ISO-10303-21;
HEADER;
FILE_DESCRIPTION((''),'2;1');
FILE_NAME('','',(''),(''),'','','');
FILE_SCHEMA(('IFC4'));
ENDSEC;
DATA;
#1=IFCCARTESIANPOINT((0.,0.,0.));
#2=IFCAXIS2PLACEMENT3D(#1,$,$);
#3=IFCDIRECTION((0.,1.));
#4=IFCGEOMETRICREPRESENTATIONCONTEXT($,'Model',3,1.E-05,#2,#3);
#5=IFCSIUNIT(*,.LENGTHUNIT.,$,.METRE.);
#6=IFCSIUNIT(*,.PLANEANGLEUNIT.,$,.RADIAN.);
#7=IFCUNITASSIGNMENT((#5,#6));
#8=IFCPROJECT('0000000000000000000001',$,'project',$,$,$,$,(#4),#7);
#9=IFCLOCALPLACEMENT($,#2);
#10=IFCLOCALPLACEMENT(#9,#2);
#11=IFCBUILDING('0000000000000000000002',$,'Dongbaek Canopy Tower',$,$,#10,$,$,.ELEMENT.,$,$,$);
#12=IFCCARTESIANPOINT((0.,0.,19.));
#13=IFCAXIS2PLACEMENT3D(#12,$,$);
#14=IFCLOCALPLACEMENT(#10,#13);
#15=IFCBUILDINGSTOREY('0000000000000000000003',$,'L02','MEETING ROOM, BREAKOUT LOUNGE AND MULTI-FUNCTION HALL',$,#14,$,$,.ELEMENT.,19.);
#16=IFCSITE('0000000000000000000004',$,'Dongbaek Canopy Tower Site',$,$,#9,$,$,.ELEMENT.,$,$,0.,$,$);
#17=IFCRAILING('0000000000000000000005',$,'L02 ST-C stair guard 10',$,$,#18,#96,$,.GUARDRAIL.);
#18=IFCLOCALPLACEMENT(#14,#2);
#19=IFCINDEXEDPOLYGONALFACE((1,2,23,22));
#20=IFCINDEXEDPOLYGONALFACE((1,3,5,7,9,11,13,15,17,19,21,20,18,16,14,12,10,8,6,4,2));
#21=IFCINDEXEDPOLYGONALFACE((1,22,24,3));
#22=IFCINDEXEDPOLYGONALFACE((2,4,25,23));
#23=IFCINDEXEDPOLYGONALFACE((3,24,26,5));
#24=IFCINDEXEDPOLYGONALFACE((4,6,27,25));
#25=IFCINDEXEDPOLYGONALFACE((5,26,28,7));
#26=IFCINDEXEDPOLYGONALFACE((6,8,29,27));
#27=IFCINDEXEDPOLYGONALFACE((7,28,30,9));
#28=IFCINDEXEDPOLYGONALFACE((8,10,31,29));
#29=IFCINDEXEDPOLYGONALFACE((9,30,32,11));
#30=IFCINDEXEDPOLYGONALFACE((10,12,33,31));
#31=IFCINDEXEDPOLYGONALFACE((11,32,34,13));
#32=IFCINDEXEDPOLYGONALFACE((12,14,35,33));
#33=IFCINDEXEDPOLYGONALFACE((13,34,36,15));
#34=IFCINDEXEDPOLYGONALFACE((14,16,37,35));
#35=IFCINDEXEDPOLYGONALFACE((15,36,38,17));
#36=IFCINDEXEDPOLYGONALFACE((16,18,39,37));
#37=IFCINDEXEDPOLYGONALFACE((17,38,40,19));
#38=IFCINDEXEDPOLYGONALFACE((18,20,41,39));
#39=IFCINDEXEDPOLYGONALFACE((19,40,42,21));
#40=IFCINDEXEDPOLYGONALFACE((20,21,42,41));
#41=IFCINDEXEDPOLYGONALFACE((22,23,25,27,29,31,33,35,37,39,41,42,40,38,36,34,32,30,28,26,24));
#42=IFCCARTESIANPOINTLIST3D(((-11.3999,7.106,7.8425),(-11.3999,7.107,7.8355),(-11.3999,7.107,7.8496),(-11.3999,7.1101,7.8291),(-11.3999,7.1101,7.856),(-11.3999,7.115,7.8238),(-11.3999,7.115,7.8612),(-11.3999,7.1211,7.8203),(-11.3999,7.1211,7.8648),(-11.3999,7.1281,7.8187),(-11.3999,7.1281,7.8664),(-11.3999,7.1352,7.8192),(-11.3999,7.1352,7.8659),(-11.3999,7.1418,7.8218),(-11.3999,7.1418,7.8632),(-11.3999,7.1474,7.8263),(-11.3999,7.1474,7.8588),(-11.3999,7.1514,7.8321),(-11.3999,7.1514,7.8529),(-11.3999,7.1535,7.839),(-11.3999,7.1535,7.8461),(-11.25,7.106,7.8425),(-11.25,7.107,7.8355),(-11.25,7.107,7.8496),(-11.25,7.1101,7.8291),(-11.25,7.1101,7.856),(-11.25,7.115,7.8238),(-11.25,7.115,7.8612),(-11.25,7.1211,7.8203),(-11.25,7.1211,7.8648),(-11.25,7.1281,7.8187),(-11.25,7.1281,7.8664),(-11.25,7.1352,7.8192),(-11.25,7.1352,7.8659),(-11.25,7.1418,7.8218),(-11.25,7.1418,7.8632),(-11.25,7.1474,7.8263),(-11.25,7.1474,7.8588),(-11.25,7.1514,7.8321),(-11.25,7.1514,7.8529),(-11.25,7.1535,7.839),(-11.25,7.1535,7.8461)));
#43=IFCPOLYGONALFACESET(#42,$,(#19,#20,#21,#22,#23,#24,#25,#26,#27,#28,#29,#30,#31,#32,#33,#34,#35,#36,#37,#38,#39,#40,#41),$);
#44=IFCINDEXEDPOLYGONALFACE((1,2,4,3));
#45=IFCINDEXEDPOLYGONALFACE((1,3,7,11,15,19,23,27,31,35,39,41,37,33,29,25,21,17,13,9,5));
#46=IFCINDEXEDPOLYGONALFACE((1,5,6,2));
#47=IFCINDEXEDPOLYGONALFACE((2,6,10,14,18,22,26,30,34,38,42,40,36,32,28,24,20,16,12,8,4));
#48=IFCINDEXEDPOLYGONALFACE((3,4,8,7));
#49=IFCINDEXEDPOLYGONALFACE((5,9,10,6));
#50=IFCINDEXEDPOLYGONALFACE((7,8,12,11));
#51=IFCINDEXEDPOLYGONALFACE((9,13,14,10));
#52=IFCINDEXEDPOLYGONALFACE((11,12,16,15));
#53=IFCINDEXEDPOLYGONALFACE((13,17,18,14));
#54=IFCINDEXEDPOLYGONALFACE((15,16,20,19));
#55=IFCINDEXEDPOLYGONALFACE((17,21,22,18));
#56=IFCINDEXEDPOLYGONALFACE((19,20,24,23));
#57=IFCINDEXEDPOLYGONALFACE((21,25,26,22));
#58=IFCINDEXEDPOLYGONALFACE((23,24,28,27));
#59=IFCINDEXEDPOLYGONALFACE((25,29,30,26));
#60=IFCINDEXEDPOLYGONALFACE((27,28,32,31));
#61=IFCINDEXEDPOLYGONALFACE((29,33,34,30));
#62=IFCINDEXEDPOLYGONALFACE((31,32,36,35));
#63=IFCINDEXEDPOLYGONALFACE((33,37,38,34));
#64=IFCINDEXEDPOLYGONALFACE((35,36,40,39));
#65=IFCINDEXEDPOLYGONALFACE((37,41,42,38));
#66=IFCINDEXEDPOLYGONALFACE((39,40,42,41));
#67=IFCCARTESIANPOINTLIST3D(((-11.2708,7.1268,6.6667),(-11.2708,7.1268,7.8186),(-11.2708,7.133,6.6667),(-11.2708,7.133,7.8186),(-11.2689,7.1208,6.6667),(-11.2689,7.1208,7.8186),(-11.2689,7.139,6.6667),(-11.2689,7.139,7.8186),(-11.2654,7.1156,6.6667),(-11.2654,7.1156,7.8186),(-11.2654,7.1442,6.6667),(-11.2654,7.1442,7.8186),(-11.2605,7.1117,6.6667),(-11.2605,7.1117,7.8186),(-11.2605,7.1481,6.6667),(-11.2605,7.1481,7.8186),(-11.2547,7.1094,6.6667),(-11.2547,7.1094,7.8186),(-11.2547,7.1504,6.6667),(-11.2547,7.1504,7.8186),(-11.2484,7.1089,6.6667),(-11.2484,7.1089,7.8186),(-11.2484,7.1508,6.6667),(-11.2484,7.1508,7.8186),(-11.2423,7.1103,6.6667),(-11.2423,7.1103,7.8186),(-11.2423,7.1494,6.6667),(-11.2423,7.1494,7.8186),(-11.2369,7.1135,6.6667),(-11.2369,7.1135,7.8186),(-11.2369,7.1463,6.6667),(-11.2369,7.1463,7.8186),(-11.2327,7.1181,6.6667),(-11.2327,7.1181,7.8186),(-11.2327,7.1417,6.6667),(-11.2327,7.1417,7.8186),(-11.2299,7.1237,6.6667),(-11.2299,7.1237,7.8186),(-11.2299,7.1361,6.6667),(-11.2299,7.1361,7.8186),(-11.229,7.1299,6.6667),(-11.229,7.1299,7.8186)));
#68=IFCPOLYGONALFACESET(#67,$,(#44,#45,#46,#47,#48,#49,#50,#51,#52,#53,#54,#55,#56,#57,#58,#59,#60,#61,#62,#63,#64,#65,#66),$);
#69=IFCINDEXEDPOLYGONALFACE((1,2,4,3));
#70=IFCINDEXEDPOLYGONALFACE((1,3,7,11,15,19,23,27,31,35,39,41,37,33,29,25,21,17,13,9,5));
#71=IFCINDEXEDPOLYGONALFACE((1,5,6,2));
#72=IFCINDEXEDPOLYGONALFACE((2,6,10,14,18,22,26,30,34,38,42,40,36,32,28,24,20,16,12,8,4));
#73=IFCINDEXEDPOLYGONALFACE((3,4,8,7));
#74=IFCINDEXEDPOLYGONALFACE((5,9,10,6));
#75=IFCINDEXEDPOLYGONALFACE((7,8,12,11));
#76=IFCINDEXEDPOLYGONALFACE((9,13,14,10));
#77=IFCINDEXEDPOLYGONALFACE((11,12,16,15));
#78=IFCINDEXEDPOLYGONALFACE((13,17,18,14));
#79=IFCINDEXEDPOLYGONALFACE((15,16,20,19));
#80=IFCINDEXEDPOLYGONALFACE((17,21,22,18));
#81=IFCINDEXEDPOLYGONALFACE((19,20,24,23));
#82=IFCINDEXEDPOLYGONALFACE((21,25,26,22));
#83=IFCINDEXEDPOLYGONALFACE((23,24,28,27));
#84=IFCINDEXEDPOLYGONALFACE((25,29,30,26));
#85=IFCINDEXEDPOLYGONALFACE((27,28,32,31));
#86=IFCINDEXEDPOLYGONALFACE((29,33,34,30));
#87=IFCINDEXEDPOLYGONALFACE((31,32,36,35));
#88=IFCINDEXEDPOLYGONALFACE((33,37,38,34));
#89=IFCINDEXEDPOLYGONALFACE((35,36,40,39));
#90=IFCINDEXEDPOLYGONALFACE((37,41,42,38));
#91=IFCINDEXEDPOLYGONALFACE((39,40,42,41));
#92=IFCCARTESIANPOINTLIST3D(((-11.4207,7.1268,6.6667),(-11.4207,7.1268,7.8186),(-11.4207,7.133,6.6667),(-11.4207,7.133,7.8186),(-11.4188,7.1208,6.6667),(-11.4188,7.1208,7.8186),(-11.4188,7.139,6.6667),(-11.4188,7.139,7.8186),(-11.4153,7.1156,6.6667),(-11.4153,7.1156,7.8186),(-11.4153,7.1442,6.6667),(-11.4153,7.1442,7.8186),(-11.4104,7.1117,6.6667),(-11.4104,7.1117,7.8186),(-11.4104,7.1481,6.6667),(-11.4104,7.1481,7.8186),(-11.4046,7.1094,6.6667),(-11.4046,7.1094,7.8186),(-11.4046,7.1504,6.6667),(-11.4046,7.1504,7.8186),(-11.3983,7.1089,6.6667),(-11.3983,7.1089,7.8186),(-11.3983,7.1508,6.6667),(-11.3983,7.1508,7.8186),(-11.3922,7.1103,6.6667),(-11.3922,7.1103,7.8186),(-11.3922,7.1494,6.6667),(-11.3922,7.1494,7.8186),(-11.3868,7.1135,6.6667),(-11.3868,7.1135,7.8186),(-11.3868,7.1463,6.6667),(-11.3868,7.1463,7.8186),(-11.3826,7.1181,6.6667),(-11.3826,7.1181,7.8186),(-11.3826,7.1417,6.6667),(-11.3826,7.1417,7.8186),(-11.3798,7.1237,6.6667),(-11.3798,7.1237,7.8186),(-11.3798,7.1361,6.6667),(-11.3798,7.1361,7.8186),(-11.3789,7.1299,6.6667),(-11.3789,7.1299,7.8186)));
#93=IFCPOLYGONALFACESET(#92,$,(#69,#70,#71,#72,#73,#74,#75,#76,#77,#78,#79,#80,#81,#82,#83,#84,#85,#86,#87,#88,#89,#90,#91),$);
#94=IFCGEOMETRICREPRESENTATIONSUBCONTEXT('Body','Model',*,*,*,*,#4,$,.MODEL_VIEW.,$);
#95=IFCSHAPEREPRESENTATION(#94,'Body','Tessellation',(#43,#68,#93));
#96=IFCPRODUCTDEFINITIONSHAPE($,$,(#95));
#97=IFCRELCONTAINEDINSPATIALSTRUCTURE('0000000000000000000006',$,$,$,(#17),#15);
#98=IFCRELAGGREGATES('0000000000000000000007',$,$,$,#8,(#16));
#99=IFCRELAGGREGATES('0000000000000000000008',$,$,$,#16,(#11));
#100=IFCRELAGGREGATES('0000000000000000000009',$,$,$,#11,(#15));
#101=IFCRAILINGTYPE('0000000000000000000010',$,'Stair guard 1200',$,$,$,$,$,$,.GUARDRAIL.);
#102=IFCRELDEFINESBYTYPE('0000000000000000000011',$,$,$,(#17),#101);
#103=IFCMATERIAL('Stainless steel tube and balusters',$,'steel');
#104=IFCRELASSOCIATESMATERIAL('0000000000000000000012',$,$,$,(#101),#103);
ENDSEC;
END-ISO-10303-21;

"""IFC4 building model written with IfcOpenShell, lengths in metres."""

from ifc_helpers import new_model, si_unit, direction, frame, origin, origin_2d, place, context, subcontext, project, spatial, circle, extrude, material, type_object, element, save


model = new_model("IFC4")

# Units and contexts
model_context = context("Model", 3, precision=1e-05, world=origin(), true_north=direction((0.0, 1.0)))
body_context = subcontext(model_context, "Body", "Model", "MODEL_VIEW")
ifc_project = project(units=[si_unit("LENGTHUNIT", "METRE"), si_unit("PLANEANGLEUNIT", "RADIAN")], contexts=[model_context])

# Site, building, storey
site_placement = place(None, origin())
site = spatial("IfcSite", under=ifc_project, at=site_placement, Name="Dongbaek Canopy Tower Site", CompositionType="ELEMENT", RefElevation=0.0)
building_placement = place(site_placement, origin())
building = spatial("IfcBuilding", under=site, at=building_placement, Name="Dongbaek Canopy Tower", CompositionType="ELEMENT")
storey_placement = place(building_placement, frame((0.0, 0.0, 19.0)))
storey = spatial("IfcBuildingStorey", under=building, at=storey_placement, Name="L02", Description="MEETING ROOM, BREAKOUT LOUNGE AND MULTI-FUNCTION HALL", CompositionType="ELEMENT", Elevation=19.0)

# Railing
ifc_material_1 = material(Name="Stainless steel tube and balusters", Category="steel")
railing_type_1 = type_object("IfcRailingType", Name="Stair guard 1200", PredefinedType="GUARDRAIL", material=ifc_material_1)
railing_1_placement = place(storey_placement, frame((-11.25, 7.1299, 6.6667)))
element("IfcRailing", 1, at=railing_1_placement, inside=storey, type_object=railing_type_1, Name="L02 ST-C stair guard 10", PredefinedType="GUARDRAIL", context=body_context, shape_type="SweptSolid", body=[
    extrude(circle(Radius=0.0239, at=origin_2d()), frame((0.0, 0.0, 1.1758), z_axis=(-1.0, 0.0, 0.0), x_axis=(0.0, -1.0, 0.0)), (0.0, 0.0, 1.0), 0.1499),
    extrude(circle(Radius=0.021, at=origin_2d()), origin(), (0.0, 0.0, 1.0), 1.1519),
    extrude(circle(Radius=0.021, at=origin_2d()), frame((-0.1499, 0.0, 0.0)), (0.0, 0.0, 1.0), 1.1519),
])

save(model, "model.ifc")
